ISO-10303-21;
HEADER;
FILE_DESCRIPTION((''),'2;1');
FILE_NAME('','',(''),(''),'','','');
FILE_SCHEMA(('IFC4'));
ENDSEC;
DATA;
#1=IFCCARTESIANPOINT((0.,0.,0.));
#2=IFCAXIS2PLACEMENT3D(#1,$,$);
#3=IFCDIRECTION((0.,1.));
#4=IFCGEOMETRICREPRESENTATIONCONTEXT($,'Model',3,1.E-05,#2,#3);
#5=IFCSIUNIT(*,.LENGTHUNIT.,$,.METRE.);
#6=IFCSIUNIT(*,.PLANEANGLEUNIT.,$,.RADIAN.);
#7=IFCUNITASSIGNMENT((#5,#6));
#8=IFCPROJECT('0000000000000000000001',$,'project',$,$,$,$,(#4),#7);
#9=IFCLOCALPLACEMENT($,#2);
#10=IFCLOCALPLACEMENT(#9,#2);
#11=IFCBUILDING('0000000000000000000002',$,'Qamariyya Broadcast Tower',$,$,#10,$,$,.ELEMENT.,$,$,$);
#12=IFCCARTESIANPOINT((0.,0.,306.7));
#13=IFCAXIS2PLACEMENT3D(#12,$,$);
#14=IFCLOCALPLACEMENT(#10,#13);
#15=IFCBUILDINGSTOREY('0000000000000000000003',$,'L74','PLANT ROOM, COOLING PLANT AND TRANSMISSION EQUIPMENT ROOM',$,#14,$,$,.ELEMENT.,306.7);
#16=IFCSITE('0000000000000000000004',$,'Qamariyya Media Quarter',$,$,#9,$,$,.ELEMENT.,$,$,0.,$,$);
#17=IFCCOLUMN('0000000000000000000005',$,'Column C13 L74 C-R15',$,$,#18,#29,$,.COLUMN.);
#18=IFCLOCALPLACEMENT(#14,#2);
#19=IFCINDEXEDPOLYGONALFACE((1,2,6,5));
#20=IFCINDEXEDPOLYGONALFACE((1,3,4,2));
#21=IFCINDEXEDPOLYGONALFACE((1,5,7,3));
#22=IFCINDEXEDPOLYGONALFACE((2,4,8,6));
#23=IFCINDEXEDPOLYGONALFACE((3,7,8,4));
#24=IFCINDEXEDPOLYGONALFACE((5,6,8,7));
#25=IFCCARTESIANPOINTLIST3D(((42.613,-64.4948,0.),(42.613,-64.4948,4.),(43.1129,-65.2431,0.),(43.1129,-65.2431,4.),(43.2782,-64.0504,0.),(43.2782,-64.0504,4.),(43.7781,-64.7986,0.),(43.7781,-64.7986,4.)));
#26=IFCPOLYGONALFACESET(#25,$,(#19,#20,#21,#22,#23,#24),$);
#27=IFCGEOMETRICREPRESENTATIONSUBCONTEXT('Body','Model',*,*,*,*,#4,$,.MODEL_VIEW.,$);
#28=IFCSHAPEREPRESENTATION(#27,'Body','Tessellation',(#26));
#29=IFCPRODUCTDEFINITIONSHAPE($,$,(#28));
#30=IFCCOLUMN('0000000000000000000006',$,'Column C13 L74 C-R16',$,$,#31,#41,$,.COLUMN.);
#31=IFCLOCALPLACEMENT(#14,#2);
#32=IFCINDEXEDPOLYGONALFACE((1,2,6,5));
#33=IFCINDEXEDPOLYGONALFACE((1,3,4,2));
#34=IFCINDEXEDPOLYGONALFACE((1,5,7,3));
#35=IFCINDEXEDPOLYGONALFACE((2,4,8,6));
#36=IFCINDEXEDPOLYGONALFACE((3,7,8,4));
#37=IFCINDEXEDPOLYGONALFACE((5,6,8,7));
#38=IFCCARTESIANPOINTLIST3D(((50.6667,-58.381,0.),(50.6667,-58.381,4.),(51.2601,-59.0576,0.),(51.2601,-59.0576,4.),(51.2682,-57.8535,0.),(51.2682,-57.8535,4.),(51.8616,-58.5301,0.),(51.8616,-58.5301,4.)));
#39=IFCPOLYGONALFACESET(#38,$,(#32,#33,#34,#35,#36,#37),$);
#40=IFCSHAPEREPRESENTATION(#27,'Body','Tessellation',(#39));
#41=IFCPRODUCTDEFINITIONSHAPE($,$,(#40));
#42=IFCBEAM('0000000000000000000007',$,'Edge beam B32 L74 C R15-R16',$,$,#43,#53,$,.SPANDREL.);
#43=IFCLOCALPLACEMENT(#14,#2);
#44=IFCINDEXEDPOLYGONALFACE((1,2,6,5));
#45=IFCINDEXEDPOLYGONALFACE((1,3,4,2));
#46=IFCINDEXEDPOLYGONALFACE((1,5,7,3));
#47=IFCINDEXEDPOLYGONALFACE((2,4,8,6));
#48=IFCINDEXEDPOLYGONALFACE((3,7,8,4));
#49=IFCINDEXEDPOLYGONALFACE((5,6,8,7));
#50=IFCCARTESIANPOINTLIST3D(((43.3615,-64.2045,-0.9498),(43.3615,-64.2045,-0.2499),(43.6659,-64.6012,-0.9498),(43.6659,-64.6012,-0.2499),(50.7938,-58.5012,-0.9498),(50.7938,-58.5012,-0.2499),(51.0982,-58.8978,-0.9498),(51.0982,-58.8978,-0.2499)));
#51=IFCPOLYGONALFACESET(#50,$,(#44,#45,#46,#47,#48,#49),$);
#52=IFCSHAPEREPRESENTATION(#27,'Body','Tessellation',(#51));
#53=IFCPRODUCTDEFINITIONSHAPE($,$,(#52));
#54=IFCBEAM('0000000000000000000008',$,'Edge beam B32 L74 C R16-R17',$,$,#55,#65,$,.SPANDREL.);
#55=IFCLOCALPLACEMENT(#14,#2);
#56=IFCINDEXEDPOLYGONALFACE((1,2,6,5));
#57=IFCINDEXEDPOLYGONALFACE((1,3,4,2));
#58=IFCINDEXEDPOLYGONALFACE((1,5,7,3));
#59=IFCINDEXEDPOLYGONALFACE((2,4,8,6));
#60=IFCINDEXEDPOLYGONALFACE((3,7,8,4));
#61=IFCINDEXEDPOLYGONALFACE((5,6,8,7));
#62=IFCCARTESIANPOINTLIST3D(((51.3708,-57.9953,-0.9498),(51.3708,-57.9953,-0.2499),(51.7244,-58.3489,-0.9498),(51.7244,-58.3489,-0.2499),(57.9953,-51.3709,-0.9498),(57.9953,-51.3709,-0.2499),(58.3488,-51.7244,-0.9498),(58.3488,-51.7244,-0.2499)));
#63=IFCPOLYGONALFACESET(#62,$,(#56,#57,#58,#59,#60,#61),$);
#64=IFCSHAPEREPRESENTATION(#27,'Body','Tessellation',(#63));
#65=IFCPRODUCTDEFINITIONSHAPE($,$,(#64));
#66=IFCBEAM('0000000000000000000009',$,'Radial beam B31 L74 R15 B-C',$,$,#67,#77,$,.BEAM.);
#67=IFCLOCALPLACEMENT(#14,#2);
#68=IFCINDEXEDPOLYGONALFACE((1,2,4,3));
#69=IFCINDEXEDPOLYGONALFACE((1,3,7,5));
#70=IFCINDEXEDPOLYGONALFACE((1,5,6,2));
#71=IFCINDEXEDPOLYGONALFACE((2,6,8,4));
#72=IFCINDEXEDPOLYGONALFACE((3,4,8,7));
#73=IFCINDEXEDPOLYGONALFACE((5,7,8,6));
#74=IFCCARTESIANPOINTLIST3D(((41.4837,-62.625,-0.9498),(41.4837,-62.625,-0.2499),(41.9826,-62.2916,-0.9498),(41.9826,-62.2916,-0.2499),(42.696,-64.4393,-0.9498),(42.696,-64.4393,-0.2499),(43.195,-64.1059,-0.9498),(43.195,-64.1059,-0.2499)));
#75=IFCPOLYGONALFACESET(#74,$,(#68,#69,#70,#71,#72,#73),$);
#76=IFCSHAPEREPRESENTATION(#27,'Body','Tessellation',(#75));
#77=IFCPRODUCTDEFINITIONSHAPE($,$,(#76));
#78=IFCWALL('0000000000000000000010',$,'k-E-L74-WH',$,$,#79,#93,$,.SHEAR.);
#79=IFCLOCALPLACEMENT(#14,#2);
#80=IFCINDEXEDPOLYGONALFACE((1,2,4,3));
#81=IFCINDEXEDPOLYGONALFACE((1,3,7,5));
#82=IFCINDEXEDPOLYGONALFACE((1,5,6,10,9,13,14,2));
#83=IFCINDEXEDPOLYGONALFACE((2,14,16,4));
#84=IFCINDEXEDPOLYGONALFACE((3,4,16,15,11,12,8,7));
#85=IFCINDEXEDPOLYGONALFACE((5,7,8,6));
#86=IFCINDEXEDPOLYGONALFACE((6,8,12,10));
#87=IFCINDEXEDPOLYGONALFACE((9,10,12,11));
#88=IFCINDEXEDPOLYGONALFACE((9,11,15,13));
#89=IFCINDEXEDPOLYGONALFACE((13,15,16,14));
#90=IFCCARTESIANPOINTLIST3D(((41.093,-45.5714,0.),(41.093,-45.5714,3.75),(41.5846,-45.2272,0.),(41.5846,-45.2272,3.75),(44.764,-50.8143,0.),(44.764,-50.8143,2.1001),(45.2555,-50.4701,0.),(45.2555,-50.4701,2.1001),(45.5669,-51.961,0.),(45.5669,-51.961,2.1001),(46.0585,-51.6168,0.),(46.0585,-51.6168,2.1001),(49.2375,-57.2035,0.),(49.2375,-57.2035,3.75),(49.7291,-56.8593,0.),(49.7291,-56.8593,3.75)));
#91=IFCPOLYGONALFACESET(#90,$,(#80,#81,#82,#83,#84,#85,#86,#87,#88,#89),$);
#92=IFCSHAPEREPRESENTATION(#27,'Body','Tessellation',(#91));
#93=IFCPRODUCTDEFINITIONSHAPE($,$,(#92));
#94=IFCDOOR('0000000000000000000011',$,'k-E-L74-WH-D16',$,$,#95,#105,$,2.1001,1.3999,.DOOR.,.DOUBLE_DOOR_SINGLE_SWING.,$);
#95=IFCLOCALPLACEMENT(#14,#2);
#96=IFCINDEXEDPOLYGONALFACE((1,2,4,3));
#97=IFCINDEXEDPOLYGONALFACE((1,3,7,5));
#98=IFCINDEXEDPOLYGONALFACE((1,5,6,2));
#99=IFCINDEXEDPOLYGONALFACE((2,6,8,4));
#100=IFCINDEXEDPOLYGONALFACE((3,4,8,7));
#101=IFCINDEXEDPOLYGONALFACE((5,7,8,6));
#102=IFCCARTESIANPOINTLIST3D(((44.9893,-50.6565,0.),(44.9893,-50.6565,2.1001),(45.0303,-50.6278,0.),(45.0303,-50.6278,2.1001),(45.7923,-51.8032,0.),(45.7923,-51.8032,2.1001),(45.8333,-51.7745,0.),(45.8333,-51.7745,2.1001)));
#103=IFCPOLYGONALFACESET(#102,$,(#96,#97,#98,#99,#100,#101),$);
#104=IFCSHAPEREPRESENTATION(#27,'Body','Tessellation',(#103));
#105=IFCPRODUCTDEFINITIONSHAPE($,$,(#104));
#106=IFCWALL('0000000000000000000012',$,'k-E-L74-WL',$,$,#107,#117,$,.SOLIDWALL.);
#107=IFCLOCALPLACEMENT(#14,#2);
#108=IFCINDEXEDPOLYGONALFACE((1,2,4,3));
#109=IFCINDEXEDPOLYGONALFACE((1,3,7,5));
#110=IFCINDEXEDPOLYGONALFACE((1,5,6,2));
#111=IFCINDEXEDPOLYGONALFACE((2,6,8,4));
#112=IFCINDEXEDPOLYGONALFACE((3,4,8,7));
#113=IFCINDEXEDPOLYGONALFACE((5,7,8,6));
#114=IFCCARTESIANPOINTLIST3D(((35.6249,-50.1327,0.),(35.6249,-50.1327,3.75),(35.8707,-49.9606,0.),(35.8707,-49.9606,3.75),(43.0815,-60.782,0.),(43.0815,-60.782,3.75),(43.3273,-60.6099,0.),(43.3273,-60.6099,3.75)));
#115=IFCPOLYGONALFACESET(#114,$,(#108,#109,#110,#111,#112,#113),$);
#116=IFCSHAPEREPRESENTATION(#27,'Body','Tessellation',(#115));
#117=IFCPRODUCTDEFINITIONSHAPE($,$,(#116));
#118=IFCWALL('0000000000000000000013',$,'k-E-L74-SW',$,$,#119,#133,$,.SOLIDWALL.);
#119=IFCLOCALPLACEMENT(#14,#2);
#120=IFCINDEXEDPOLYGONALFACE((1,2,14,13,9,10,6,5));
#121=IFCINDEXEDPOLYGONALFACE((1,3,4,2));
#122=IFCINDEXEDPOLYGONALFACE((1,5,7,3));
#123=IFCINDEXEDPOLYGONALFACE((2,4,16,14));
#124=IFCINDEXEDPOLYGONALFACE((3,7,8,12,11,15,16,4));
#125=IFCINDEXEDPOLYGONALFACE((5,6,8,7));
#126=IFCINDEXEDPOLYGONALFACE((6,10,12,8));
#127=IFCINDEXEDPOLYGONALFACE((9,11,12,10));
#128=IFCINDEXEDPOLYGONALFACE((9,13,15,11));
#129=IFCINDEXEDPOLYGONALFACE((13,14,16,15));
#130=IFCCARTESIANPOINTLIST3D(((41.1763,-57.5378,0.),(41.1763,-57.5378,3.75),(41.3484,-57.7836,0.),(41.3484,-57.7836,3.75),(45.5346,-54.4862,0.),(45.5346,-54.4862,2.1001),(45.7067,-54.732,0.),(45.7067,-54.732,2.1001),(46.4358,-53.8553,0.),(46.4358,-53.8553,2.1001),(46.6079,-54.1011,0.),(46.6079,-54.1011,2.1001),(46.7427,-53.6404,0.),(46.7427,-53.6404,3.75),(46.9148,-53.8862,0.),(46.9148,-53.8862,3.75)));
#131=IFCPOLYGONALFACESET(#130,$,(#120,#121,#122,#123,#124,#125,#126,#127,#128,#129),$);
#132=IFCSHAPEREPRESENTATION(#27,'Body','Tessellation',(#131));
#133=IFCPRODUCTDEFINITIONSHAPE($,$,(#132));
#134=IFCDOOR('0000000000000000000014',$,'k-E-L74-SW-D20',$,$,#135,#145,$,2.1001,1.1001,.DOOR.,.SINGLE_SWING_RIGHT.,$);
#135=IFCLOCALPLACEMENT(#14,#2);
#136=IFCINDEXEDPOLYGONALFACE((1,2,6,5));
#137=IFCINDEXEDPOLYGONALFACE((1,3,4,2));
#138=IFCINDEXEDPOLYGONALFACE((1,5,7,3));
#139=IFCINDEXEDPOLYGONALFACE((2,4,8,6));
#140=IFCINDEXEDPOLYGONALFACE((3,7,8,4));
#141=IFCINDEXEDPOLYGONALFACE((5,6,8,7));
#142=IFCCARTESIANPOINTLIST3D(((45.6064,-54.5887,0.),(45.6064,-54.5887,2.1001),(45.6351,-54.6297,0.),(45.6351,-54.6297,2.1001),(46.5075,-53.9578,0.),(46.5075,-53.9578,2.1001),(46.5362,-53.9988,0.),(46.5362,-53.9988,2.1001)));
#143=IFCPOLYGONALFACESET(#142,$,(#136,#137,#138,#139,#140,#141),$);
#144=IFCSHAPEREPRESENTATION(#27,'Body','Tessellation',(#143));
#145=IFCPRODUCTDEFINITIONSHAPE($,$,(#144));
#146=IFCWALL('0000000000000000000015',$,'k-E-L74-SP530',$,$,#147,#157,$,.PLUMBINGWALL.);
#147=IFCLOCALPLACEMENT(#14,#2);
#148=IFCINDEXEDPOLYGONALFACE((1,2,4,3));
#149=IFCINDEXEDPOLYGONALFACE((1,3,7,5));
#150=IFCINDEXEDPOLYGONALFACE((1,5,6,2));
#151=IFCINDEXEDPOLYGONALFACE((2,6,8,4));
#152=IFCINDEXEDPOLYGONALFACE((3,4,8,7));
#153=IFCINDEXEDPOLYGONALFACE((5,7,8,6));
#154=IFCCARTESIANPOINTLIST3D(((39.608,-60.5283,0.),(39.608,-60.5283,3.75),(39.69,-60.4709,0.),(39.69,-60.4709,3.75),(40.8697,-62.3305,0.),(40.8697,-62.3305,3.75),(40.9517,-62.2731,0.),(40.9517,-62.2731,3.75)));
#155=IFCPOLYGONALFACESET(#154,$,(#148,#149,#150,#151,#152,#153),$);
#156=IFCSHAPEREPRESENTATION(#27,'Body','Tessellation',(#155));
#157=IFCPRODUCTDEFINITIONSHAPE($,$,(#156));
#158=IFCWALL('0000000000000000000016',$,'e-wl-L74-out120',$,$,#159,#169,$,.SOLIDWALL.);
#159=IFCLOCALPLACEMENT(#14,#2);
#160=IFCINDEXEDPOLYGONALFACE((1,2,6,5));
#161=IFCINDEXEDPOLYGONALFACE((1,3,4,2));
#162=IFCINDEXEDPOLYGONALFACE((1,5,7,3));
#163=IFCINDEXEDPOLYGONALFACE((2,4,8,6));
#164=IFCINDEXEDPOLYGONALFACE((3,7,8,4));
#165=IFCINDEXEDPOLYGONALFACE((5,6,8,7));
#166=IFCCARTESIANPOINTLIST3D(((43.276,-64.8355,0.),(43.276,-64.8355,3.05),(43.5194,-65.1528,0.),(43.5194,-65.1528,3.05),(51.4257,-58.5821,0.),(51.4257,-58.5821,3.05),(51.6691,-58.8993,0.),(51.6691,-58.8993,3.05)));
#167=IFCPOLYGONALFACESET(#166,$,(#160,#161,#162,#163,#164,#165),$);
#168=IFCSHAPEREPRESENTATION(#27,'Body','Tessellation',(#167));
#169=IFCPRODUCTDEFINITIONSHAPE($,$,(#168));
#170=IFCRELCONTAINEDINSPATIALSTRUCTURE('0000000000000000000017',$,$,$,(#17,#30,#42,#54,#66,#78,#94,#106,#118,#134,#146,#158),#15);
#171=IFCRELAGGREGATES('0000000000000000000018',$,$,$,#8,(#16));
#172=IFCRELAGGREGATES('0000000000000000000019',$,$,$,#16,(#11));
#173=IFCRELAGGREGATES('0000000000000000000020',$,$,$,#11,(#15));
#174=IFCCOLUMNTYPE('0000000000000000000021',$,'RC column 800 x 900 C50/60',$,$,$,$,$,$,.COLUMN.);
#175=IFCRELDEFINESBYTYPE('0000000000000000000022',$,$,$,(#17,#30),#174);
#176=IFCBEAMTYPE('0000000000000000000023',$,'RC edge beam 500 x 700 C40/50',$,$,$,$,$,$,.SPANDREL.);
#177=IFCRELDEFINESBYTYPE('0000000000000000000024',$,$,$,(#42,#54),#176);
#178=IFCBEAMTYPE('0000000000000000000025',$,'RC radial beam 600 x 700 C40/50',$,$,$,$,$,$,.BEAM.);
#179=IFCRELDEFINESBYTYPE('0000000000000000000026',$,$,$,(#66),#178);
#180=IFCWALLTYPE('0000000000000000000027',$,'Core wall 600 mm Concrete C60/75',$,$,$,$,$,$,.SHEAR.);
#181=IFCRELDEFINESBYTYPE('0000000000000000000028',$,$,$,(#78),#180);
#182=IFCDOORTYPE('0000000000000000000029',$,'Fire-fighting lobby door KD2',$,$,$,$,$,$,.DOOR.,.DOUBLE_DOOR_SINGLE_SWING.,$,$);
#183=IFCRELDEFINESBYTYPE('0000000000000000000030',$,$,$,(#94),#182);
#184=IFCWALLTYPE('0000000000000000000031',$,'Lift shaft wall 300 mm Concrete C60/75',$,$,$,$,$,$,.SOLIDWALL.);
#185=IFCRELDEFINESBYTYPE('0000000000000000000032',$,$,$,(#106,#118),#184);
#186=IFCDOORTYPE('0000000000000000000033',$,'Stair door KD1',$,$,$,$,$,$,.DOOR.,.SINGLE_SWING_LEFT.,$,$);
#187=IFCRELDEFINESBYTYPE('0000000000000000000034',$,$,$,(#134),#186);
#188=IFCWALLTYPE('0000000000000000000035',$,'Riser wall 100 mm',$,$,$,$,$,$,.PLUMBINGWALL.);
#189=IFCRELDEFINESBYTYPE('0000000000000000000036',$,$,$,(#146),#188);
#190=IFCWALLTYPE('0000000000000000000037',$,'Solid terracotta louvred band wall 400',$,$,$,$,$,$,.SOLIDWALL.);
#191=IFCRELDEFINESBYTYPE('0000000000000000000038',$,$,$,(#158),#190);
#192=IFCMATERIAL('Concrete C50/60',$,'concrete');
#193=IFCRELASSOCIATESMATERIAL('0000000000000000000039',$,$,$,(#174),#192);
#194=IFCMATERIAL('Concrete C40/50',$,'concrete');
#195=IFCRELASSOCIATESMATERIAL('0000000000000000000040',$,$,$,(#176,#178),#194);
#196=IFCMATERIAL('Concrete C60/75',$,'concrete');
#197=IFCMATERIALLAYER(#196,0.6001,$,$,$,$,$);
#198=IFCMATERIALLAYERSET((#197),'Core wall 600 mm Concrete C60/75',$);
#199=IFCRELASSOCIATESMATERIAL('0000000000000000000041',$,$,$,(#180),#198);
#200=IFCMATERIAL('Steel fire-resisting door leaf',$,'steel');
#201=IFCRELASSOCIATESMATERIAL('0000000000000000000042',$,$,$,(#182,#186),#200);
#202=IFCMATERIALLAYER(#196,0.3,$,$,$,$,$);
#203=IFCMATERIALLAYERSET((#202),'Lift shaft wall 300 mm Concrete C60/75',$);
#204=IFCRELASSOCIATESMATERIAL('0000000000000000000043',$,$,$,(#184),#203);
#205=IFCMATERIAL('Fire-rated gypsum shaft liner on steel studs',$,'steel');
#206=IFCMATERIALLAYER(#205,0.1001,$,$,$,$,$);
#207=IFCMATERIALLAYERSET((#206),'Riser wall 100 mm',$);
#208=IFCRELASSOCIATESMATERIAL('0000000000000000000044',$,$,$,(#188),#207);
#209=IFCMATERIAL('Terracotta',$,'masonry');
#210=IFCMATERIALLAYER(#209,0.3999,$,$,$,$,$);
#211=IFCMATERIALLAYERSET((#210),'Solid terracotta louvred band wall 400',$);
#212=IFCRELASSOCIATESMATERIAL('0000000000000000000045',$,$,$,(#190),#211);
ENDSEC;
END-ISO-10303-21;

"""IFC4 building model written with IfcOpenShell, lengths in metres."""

from ifc_helpers import new_model, si_unit, direction, frame, frame_2d, origin, origin_2d, place, context, subcontext, project, spatial, rectangle, extrude, material, layer, layer_set, material_profile, profile_set, type_object, element, fill, save


model = new_model("IFC4")

# Units and contexts
model_context = context("Model", 3, precision=1e-05, world=origin(), true_north=direction((0.0, 1.0)))
body_context = subcontext(model_context, "Body", "Model", "MODEL_VIEW")
ifc_project = project(units=[si_unit("LENGTHUNIT", "METRE"), si_unit("PLANEANGLEUNIT", "RADIAN")], contexts=[model_context])

# Site, building, storey
site_placement = place(None, origin())
site = spatial("IfcSite", under=ifc_project, at=site_placement, Name="Qamariyya Media Quarter", CompositionType="ELEMENT", RefElevation=0.0)
building_placement = place(site_placement, origin())
building = spatial("IfcBuilding", under=site, at=building_placement, Name="Qamariyya Broadcast Tower", CompositionType="ELEMENT")
storey_placement = place(building_placement, frame((0.0, 0.0, 306.7)))
storey = spatial("IfcBuildingStorey", under=building, at=storey_placement, Name="L74", Description="PLANT ROOM, COOLING PLANT AND TRANSMISSION EQUIPMENT ROOM", CompositionType="ELEMENT", Elevation=306.7)

# Columns
ifc_material_1 = material(Name="Concrete C50/60", Category="concrete")
ifc_material_profile_1 = material_profile(ifc_material_1, rectangle(XDim=0.8, YDim=0.8999, at=origin_2d()))
ifc_profile_set_1 = profile_set([ifc_material_profile_1], Name="Concrete C50/60")
column_type = type_object("IfcColumnType", Name="RC column 800 x 900 C50/60", PredefinedType="COLUMN", material=ifc_profile_set_1)
for number, where, z_axis, x_axis, name in (
    (1, (43.1956, -64.6467, 0.0), (0.0, 0.0, 1.0), (0.83147, 0.55557, 0.0), "Column C13 L74 C-R15"),
    (2, (51.2642, -58.4556, 0.0), (0.0, 0.0, 1.0), (0.75184, 0.659346, 0.0), "Column C13 L74 C-R16"),
):
    element("IfcColumn", number, at=place(storey_placement, frame(where, z_axis=z_axis, x_axis=x_axis)), inside=storey, type_object=column_type, Name=name, PredefinedType="COLUMN", context=body_context, shape_type="SweptSolid", body=[
        extrude(rectangle(XDim=0.8, YDim=0.8999, at=origin_2d()), origin(), (0.0, 0.0, 1.0), 4.0),
    ])

# Beams
ifc_material_2 = material(Name="Concrete C40/50", Category="concrete")
ifc_material_profile_2 = material_profile(ifc_material_2, rectangle(XDim=0.5, YDim=0.7, at=origin_2d()))
ifc_profile_set_2 = profile_set([ifc_material_profile_2], Name="Concrete C40/50")
beam_type_1 = type_object("IfcBeamType", Name="RC edge beam 500 x 700 C40/50", PredefinedType="SPANDREL", material=ifc_profile_set_2)
for number, where, z_axis, x_axis, name in (
    (3, (43.5137, -64.4028, -0.5999), (0.793337, 0.608782, 0.0), (-0.608782, 0.793337, 0.0), "Edge beam B32 L74 C R15-R16"),
    (4, (51.5476, -58.1721, -0.5999), (0.707107, 0.707107, 0.0), (-0.707107, 0.707107, 0.0), "Edge beam B32 L74 C R16-R17"),
):
    element("IfcBeam", number, at=place(storey_placement, frame(where, z_axis=z_axis, x_axis=x_axis)), inside=storey, type_object=beam_type_1, Name=name, PredefinedType="SPANDREL", context=body_context, shape_type="SweptSolid", body=[
        extrude(rectangle(XDim=0.5, YDim=0.7, at=origin_2d()), origin(), (0.0, 0.0, 1.0), 9.3684),
    ])
ifc_material_profile_3 = material_profile(ifc_material_2, rectangle(XDim=0.6001, YDim=0.7, at=origin_2d()))
ifc_profile_set_3 = profile_set([ifc_material_profile_3], Name="Concrete C40/50")
beam_type_2 = type_object("IfcBeamType", Name="RC radial beam 600 x 700 C40/50", PredefinedType="BEAM", material=ifc_profile_set_3)
beam_placement = place(storey_placement, frame((41.7332, -62.4583, -0.5999), z_axis=(0.555578, -0.831465, 0.0), x_axis=(0.831465, 0.555578, 0.0)))
element("IfcBeam", 5, at=beam_placement, inside=storey, type_object=beam_type_2, Name="Radial beam B31 L74 R15 B-C", PredefinedType="BEAM", context=body_context, shape_type="SweptSolid", body=[
    extrude(rectangle(XDim=0.6001, YDim=0.7, at=origin_2d()), origin(), (0.0, 0.0, 1.0), 2.1821),
])

# Wall, opening, door
ifc_material_3 = material(Name="Concrete C60/75", Category="concrete")
ifc_layer_1 = layer(ifc_material_3, 0.6001)
ifc_layer_set_1 = layer_set([ifc_layer_1], Name="Core wall 600 mm Concrete C60/75")
wall_type_1 = type_object("IfcWallType", Name="Core wall 600 mm Concrete C60/75", PredefinedType="SHEAR", material=ifc_layer_set_1)
wall_1_placement = place(storey_placement, frame((49.4834, -57.0315, 0.0), z_axis=(0.0, 0.0, 1.0), x_axis=(-0.57356, 0.819163, 0.0)))
wall_1 = element("IfcWall", 6, at=wall_1_placement, inside=storey, type_object=wall_type_1, Name="k-E-L74-WH", PredefinedType="SHEAR", context=body_context, shape_type="SweptSolid", body=[
    extrude(rectangle(XDim=14.2, YDim=0.6001, at=frame_2d((7.1001, 0.0))), origin(), (0.0, 0.0, 1.0), 3.75),
])
opening_1_placement = place(wall_1_placement, frame((6.3999, 0.0, 0.0)))
opening_1 = element("IfcOpeningElement", 7, at=opening_1_placement, cuts=wall_1, PredefinedType="OPENING", context=body_context, shape_type="SweptSolid", body=[
    extrude(rectangle(XDim=1.3999, YDim=2.1001, at=frame_2d((0.7, 1.05))), frame((0.0, 0.3101, 0.0), z_axis=(0.0, -1.0, 0.0), x_axis=(1.0, 0.0, 0.0)), (0.0, 0.0, 1.0), 0.6201),
])
ifc_material_4 = material(Name="Steel fire-resisting door leaf", Category="steel")
door_type_1 = type_object("IfcDoorType", Name="Fire-fighting lobby door KD2", OperationType="DOUBLE_DOOR_SINGLE_SWING", PredefinedType="DOOR", material=ifc_material_4)
door_1_placement = place(opening_1_placement, origin())
door_1 = element("IfcDoor", 8, at=door_1_placement, inside=storey, type_object=door_type_1, Name="k-E-L74-WH-D16", OperationType="DOUBLE_DOOR_SINGLE_SWING", OverallHeight=2.1001, OverallWidth=1.3999, PredefinedType="DOOR", context=body_context, shape_type="SweptSolid", body=[
    extrude(rectangle(XDim=1.3999, YDim=2.1001, at=frame_2d((0.7, 1.05))), frame((0.0, 0.0249, 0.0), z_axis=(0.0, -1.0, 0.0), x_axis=(1.0, 0.0, 0.0)), (0.0, 0.0, 1.0), 0.05),
])
fill(opening_1, door_1)

# Wall
ifc_layer_2 = layer(ifc_material_3, 0.3)
ifc_layer_set_2 = layer_set([ifc_layer_2], Name="Lift shaft wall 300 mm Concrete C60/75")
wall_type_2 = type_object("IfcWallType", Name="Lift shaft wall 300 mm Concrete C60/75", PredefinedType="SOLIDWALL", material=ifc_layer_set_2)
wall_2_placement = place(storey_placement, frame((43.2043, -60.6958, 0.0), z_axis=(0.0, 0.0, 1.0), x_axis=(-0.573572, 0.819155, 0.0)))
element("IfcWall", 9, at=wall_2_placement, inside=storey, type_object=wall_type_2, Name="k-E-L74-WL", PredefinedType="SOLIDWALL", context=body_context, shape_type="SweptSolid", body=[
    extrude(rectangle(XDim=13.0002, YDim=0.3, at=frame_2d((6.5, 0.0))), origin(), (0.0, 0.0, 1.0), 3.75),
])

# Wall, opening, door
wall_3_placement = place(storey_placement, frame((41.2625, -57.6606, 0.0), z_axis=(0.0, 0.0, 1.0), x_axis=(0.819164, 0.573559, 0.0)))
wall_3 = element("IfcWall", 10, at=wall_3_placement, inside=storey, type_object=wall_type_2, Name="k-E-L74-SW", PredefinedType="SOLIDWALL", context=body_context, shape_type="SweptSolid", body=[
    extrude(rectangle(XDim=6.7952, YDim=0.3, at=frame_2d((3.3975, 0.0))), origin(), (0.0, 0.0, 1.0), 3.75),
])
opening_2_placement = place(wall_3_placement, frame((5.3203, 0.0, 0.0)))
opening_2 = element("IfcOpeningElement", 11, at=opening_2_placement, cuts=wall_3, PredefinedType="OPENING", context=body_context, shape_type="SweptSolid", body=[
    extrude(rectangle(XDim=1.1001, YDim=2.1001, at=frame_2d((0.55, 1.05))), frame((0.0, 0.1599, 0.0), z_axis=(0.0, -1.0, 0.0), x_axis=(1.0, 0.0, 0.0)), (0.0, 0.0, 1.0), 0.3201),
])
door_type_2 = type_object("IfcDoorType", Name="Stair door KD1", OperationType="SINGLE_SWING_LEFT", PredefinedType="DOOR", material=ifc_material_4)
door_2_placement = place(opening_2_placement, origin())
door_2 = element("IfcDoor", 12, at=door_2_placement, inside=storey, type_object=door_type_2, Name="k-E-L74-SW-D20", OperationType="SINGLE_SWING_RIGHT", OverallHeight=2.1001, OverallWidth=1.1001, PredefinedType="DOOR", context=body_context, shape_type="SweptSolid", body=[
    extrude(rectangle(XDim=1.1001, YDim=2.1001, at=frame_2d((0.55, 1.05))), frame((0.0, 0.0249, 0.0), z_axis=(0.0, -1.0, 0.0), x_axis=(1.0, 0.0, 0.0)), (0.0, 0.0, 1.0), 0.05),
])
fill(opening_2, door_2)

# Walls
ifc_material_5 = material(Name="Fire-rated gypsum shaft liner on steel studs", Category="steel")
ifc_layer_3 = layer(ifc_material_5, 0.1001)
ifc_layer_set_3 = layer_set([ifc_layer_3], Name="Riser wall 100 mm")
wall_type_3 = type_object("IfcWallType", Name="Riser wall 100 mm", PredefinedType="PLUMBINGWALL", material=ifc_layer_set_3)
wall_4_placement = place(storey_placement, frame((39.6489, -60.4995, 0.0), z_axis=(0.0, 0.0, 1.0), x_axis=(0.573507, -0.819201, 0.0)))
element("IfcWall", 13, at=wall_4_placement, inside=storey, type_object=wall_type_3, Name="k-E-L74-SP530", PredefinedType="PLUMBINGWALL", context=body_context, shape_type="SweptSolid", body=[
    extrude(rectangle(XDim=2.2, YDim=0.1001, at=frame_2d((1.1001, 0.0))), origin(), (0.0, 0.0, 1.0), 3.75),
])
ifc_material_6 = material(Name="Terracotta", Category="masonry")
ifc_layer_4 = layer(ifc_material_6, 0.3999)
ifc_layer_set_4 = layer_set([ifc_layer_4], Name="Solid terracotta louvred band wall 400")
wall_type_4 = type_object("IfcWallType", Name="Solid terracotta louvred band wall 400", PredefinedType="SOLIDWALL", material=ifc_layer_set_4)
wall_5_placement = place(storey_placement, frame((43.3977, -64.9941, 0.0), z_axis=(0.0, 0.0, 1.0), x_axis=(0.793355, 0.608759, 0.0)))
element("IfcWall", 14, at=wall_5_placement, inside=storey, type_object=wall_type_4, Name="e-wl-L74-out120", PredefinedType="SOLIDWALL", context=body_context, shape_type="SweptSolid", body=[
    extrude(rectangle(XDim=10.2725, YDim=0.3999, at=frame_2d((5.1362, 0.0))), origin(), (0.0, 0.0, 1.0), 3.05),
])

save(model, "model.ifc")
